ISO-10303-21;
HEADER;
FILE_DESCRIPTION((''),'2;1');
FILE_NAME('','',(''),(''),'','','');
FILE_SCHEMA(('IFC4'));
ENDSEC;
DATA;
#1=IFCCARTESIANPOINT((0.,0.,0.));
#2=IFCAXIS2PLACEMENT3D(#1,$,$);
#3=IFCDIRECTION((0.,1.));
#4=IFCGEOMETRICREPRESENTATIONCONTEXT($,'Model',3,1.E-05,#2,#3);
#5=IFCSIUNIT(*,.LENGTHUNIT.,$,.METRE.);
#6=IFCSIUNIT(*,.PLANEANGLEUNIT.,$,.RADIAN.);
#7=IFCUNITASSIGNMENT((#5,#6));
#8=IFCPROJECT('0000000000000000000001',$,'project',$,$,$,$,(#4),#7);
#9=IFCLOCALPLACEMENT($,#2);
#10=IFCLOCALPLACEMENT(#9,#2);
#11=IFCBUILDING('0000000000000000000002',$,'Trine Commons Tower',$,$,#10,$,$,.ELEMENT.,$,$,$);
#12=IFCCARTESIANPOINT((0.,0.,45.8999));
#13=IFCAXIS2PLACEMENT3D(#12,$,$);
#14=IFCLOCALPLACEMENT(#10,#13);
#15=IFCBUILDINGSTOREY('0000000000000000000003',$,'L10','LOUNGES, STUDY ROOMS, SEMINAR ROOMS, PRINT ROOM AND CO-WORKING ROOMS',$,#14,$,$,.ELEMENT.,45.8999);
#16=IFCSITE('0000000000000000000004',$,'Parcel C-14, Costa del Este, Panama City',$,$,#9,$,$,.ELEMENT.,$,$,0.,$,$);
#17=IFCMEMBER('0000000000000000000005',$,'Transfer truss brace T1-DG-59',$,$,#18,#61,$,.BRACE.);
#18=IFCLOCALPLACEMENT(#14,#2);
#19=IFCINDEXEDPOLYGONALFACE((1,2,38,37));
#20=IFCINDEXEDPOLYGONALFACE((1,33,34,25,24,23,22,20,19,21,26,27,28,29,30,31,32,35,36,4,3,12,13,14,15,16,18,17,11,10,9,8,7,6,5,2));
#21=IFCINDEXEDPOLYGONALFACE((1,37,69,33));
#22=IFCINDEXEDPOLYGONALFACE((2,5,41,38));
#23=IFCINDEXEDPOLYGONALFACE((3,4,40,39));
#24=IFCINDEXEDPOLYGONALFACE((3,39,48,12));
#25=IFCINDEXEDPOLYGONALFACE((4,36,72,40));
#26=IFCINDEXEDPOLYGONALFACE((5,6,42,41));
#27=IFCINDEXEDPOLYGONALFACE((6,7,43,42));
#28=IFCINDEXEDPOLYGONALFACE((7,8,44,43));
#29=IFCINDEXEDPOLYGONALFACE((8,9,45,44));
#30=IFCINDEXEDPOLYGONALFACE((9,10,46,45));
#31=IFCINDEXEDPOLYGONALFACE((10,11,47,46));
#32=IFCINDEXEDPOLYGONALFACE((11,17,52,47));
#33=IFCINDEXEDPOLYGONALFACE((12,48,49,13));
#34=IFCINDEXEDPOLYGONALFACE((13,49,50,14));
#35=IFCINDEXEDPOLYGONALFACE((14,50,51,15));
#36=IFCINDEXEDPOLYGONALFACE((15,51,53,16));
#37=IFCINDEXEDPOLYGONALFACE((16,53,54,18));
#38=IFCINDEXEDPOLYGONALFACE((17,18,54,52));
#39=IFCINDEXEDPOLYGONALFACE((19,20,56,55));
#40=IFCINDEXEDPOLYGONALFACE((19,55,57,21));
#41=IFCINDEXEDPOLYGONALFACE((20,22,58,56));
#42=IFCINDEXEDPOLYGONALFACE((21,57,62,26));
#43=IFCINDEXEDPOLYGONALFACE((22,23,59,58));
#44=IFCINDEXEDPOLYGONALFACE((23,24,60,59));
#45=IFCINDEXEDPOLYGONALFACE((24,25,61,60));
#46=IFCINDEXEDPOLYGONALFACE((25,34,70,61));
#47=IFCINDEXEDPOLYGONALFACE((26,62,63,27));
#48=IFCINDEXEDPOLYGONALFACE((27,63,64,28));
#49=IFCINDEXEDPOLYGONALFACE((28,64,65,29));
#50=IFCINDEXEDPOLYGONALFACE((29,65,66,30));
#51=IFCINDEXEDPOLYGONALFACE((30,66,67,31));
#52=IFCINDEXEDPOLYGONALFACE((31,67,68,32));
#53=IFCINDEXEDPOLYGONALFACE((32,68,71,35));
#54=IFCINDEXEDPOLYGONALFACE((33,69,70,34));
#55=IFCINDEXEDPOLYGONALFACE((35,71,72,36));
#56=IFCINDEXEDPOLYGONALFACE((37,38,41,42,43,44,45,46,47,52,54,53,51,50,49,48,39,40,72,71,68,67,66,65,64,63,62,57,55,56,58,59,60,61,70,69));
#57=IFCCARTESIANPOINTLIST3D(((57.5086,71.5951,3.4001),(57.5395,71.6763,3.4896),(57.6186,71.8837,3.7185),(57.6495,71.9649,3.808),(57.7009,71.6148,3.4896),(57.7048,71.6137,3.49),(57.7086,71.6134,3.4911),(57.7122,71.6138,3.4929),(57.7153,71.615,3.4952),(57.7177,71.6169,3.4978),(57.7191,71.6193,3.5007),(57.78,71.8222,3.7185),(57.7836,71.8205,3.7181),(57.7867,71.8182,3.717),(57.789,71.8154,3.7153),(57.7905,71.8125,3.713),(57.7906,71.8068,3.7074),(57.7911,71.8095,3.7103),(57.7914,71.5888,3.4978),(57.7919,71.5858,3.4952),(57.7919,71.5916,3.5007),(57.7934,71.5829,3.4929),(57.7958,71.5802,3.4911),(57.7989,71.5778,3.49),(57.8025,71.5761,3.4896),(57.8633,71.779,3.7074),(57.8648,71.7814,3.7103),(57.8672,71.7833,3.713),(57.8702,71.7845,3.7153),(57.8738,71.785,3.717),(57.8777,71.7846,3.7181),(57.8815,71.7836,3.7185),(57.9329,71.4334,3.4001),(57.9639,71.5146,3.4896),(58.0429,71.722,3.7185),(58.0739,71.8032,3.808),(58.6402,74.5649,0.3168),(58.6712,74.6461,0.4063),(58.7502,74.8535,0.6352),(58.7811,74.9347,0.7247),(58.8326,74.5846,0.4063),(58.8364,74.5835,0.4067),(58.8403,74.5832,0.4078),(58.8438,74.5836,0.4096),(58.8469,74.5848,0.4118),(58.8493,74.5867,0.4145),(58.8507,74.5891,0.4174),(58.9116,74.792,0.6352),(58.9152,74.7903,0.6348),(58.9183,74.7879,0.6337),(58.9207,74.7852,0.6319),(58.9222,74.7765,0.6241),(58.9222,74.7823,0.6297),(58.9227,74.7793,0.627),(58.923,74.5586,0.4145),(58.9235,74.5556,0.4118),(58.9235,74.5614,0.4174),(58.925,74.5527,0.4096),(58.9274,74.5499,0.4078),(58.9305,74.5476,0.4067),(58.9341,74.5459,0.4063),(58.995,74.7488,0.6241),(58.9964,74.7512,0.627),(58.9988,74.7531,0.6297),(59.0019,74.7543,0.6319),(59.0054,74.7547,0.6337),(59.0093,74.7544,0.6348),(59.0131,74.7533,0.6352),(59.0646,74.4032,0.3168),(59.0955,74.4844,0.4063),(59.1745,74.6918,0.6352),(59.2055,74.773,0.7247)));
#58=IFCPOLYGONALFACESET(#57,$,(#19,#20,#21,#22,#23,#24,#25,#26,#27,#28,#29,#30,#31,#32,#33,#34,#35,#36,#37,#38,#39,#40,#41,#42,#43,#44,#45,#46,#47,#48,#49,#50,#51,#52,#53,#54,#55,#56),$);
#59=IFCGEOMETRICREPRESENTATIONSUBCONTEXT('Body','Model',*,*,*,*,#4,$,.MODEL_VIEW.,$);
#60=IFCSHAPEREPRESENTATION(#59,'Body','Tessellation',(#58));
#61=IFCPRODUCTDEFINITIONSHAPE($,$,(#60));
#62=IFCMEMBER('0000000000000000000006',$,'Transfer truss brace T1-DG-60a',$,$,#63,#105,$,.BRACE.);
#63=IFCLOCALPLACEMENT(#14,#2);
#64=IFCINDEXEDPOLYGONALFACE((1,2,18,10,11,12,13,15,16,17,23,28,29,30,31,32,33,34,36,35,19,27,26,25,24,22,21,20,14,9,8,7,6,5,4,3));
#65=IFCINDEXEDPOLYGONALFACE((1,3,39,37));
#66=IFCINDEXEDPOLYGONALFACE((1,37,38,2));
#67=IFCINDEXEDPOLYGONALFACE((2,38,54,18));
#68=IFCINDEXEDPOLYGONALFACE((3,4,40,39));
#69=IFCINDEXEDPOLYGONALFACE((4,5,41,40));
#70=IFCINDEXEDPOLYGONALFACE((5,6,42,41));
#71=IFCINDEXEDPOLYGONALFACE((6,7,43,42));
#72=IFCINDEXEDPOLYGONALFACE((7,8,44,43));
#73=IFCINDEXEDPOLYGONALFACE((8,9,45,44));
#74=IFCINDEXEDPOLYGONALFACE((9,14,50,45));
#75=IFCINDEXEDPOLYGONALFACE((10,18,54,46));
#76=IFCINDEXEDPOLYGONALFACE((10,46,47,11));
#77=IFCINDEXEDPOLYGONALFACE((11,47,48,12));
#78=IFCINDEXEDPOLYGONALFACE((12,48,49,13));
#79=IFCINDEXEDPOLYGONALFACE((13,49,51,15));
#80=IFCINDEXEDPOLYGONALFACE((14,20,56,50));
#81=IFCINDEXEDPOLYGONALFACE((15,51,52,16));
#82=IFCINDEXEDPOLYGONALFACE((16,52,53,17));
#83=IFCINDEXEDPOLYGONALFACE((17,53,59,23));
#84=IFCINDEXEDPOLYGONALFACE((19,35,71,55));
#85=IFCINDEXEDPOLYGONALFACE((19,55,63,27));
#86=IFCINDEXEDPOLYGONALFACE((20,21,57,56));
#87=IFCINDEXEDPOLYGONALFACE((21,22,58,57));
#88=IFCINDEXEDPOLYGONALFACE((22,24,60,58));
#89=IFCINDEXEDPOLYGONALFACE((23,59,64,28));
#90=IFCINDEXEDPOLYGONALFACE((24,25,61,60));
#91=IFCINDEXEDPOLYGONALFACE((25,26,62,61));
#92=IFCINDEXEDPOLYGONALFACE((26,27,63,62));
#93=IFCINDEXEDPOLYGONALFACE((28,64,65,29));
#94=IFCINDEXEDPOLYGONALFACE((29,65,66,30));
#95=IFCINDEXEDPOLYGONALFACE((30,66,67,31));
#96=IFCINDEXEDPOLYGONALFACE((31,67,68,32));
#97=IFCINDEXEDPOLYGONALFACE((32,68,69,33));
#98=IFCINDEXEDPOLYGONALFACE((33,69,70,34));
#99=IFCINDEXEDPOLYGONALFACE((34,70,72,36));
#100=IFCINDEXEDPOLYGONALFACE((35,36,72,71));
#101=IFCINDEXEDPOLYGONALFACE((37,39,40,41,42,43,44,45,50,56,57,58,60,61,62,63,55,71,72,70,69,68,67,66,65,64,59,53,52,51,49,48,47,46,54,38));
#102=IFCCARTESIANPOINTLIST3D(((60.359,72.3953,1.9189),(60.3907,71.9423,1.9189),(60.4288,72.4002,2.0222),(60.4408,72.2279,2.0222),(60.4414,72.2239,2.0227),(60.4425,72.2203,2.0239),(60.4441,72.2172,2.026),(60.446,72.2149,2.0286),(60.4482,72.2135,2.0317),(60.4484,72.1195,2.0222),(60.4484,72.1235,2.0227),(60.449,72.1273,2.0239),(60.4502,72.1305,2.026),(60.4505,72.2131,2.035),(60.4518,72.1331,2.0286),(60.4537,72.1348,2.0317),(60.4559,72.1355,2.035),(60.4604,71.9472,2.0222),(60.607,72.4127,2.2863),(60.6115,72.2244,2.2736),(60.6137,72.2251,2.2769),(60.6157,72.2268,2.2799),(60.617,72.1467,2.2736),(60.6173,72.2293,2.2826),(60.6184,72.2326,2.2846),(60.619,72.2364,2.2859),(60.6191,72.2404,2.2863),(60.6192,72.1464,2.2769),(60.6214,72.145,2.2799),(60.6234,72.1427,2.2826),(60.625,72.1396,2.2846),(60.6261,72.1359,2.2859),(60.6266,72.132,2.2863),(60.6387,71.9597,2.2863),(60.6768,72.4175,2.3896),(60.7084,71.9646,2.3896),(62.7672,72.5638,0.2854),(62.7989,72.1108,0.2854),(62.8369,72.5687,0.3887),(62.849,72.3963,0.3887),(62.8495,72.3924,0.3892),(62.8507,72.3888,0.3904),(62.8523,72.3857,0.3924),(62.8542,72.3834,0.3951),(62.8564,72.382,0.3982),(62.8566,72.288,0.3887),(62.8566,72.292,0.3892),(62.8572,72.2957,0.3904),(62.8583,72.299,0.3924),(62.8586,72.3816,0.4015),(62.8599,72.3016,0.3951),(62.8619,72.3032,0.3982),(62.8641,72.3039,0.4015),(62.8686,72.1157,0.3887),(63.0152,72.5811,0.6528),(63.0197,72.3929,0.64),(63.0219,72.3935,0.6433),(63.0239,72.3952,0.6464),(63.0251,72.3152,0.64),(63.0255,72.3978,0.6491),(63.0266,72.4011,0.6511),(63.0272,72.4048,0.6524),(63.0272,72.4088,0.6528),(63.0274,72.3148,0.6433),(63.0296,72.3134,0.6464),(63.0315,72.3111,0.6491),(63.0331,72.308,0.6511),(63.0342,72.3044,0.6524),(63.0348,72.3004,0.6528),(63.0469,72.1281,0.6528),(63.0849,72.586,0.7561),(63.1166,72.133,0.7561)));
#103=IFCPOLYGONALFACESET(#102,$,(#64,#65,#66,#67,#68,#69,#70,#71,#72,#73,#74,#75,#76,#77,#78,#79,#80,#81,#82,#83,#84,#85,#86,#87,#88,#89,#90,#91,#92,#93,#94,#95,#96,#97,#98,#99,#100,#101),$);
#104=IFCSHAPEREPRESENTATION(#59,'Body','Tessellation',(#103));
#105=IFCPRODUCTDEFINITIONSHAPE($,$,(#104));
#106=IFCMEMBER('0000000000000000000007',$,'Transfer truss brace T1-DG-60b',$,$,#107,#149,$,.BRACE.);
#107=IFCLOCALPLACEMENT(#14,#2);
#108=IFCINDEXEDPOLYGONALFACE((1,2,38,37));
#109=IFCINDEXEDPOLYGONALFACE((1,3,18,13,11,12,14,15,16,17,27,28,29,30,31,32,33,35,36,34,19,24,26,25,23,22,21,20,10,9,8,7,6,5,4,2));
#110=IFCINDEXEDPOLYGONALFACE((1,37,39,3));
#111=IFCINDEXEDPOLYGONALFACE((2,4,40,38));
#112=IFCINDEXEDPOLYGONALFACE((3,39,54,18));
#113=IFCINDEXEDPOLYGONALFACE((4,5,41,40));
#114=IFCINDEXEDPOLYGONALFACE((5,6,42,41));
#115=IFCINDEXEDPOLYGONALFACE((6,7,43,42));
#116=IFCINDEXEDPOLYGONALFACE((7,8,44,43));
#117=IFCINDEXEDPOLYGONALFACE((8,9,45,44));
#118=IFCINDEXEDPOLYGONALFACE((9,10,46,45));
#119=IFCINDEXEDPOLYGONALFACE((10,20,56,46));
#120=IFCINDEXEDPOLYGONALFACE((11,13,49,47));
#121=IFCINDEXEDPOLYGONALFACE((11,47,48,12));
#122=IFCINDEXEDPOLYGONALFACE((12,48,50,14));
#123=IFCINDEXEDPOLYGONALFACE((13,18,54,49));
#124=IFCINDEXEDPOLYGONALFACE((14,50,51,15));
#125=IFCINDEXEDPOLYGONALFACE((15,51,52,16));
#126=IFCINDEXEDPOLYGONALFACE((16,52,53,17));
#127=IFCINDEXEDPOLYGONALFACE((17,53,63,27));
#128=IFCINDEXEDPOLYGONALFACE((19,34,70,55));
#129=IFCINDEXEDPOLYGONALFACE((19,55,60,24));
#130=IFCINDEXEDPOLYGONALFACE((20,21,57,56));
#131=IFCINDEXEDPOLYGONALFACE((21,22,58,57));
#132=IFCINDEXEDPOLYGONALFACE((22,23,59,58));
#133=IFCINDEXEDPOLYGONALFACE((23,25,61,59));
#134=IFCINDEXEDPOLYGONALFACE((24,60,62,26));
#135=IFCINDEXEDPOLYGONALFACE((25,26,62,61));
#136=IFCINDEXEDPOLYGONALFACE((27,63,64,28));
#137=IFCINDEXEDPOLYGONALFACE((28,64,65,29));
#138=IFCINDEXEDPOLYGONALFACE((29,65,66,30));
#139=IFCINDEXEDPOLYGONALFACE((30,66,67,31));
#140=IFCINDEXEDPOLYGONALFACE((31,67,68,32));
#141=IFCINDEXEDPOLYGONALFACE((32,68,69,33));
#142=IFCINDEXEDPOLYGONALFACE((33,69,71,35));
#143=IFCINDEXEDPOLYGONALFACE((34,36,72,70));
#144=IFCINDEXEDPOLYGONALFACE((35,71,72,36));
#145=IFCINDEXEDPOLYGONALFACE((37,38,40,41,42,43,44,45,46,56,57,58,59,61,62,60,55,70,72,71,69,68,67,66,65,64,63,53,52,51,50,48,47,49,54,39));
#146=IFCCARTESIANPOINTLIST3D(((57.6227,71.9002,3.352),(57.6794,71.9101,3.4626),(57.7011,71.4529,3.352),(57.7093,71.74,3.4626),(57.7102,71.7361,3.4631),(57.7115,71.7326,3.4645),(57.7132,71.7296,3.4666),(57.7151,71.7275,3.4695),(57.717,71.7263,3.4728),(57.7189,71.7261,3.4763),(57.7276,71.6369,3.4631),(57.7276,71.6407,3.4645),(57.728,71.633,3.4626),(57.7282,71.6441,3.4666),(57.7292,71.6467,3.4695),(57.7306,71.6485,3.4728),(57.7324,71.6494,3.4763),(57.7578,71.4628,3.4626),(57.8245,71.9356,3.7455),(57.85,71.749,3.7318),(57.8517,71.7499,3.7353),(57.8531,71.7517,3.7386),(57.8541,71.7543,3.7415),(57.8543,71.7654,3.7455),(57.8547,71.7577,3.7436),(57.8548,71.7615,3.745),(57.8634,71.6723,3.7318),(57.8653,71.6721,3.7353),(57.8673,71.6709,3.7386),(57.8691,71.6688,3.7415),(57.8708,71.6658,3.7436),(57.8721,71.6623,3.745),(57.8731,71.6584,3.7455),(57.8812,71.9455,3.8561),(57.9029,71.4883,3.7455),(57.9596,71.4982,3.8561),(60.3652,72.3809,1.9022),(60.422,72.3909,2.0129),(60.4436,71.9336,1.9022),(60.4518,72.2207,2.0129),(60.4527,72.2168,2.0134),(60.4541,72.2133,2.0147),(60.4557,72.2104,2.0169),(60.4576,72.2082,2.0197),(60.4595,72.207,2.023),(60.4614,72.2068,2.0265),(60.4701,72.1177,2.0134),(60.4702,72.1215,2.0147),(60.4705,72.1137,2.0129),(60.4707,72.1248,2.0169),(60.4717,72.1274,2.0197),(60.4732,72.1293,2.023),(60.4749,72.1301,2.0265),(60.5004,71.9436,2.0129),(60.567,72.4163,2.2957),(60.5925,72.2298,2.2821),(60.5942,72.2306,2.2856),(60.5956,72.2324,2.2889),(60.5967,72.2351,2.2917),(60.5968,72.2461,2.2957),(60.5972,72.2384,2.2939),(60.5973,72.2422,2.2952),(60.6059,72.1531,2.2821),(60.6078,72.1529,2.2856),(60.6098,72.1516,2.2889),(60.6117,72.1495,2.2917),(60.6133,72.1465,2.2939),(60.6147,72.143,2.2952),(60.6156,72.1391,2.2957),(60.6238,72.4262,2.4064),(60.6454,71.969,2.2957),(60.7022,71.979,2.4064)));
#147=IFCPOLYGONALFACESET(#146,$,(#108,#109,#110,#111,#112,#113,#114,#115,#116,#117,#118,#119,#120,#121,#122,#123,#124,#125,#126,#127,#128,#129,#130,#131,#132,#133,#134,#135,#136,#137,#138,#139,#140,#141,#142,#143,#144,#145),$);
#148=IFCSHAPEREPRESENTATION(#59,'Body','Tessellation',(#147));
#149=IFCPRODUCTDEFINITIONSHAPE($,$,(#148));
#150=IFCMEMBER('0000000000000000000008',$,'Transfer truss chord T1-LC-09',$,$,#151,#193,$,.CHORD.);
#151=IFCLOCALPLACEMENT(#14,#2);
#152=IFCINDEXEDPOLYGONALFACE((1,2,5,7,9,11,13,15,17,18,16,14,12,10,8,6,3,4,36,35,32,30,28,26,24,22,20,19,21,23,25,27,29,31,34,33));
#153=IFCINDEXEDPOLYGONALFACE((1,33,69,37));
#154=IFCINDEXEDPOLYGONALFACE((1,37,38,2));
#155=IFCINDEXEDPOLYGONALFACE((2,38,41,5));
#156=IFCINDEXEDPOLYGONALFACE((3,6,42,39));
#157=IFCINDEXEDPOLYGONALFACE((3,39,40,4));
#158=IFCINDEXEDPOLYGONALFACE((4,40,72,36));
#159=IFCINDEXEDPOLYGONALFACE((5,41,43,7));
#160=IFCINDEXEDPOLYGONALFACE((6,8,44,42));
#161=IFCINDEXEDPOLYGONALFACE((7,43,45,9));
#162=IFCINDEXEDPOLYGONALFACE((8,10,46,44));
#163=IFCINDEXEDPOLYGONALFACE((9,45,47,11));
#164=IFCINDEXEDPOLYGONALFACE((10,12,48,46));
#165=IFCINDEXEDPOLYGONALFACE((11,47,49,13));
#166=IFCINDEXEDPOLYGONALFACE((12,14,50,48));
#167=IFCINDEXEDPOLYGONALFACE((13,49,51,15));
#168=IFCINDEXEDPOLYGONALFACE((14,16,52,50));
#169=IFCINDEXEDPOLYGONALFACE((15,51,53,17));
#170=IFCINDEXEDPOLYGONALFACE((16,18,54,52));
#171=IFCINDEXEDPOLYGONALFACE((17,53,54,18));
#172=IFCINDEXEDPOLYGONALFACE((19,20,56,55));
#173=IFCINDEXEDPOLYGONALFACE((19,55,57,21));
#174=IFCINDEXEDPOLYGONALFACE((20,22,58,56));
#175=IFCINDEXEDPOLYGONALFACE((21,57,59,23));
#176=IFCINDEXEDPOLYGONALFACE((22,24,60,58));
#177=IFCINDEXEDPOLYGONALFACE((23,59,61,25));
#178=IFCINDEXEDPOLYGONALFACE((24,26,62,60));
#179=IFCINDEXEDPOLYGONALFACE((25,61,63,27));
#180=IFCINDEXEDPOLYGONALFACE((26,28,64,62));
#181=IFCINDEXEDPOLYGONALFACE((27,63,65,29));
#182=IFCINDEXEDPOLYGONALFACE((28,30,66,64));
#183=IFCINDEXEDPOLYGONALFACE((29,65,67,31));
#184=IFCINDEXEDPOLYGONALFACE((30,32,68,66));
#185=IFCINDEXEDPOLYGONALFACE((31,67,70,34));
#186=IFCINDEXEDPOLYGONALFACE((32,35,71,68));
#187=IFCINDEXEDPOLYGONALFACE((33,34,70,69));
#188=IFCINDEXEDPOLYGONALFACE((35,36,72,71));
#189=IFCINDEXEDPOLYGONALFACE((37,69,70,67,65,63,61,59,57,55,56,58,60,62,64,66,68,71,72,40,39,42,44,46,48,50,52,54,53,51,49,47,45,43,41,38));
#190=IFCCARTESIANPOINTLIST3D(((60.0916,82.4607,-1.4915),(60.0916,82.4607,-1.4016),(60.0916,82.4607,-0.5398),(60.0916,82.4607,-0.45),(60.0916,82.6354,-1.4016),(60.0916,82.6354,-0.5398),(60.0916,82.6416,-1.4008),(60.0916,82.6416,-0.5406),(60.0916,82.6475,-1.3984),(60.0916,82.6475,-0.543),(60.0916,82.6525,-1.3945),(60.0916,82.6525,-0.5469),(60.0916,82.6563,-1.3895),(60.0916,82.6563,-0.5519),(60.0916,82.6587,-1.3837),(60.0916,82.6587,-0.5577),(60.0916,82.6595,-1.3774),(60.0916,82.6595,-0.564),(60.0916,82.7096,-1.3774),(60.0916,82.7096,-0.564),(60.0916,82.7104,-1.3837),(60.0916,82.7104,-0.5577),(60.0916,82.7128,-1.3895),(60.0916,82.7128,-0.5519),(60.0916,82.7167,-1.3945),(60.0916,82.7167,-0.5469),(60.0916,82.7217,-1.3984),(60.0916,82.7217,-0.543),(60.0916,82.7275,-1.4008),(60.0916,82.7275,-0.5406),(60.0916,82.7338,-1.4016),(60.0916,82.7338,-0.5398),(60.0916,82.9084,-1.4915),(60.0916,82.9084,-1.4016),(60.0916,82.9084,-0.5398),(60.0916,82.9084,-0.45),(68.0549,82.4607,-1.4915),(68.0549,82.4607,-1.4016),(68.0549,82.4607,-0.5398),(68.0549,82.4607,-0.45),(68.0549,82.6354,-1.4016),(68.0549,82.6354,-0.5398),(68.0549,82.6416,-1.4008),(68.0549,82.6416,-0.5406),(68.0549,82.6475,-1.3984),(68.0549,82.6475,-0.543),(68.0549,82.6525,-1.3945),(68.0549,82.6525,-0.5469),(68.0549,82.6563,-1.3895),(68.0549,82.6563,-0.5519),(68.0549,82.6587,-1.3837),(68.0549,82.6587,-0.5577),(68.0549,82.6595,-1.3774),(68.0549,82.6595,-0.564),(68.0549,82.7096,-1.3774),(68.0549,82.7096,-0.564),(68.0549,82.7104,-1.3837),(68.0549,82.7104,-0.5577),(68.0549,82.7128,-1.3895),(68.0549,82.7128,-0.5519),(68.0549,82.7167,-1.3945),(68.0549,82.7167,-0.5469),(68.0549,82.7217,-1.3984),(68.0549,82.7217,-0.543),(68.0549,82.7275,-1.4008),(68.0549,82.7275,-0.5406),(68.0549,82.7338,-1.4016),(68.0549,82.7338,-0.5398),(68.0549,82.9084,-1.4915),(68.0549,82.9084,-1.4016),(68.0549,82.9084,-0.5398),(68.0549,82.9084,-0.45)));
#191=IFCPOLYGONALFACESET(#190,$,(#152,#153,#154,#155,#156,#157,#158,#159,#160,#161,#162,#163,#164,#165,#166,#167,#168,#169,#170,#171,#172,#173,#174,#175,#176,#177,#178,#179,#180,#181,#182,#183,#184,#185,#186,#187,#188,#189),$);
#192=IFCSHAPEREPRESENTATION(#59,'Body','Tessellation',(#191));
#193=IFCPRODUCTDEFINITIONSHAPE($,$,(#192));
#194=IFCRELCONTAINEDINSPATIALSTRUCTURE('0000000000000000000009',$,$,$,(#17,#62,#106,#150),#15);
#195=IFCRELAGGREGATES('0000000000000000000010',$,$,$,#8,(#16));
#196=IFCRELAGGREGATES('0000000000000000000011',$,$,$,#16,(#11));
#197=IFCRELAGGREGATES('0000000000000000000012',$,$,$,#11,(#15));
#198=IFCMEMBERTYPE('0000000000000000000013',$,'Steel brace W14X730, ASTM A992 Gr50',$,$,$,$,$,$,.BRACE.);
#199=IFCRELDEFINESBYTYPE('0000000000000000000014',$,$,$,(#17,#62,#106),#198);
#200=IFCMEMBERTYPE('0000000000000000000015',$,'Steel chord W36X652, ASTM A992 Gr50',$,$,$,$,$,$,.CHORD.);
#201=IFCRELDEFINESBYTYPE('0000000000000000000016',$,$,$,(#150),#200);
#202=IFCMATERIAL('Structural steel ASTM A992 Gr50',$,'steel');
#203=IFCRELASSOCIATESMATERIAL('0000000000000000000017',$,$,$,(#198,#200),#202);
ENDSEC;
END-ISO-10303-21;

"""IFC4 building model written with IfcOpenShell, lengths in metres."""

from ifc_helpers import new_model, si_unit, direction, frame, origin, origin_2d, place, context, subcontext, project, spatial, i_section, extrude, material, material_profile, profile_set, type_object, element, save


model = new_model("IFC4")

# Units and contexts
model_context = context("Model", 3, precision=1e-05, world=origin(), true_north=direction((0.0, 1.0)))
body_context = subcontext(model_context, "Body", "Model", "MODEL_VIEW")
ifc_project = project(units=[si_unit("LENGTHUNIT", "METRE"), si_unit("PLANEANGLEUNIT", "RADIAN")], contexts=[model_context])

# Site, building, storey
site_placement = place(None, origin())
site = spatial("IfcSite", under=ifc_project, at=site_placement, Name="Parcel C-14, Costa del Este, Panama City", CompositionType="ELEMENT", RefElevation=0.0)
building_placement = place(site_placement, origin())
building = spatial("IfcBuilding", under=site, at=building_placement, Name="Trine Commons Tower", CompositionType="ELEMENT")
storey_placement = place(building_placement, frame((0.0, 0.0, 45.8999)))
storey = spatial("IfcBuildingStorey", under=building, at=storey_placement, Name="L10", Description="LOUNGES, STUDY ROOMS, SEMINAR ROOMS, PRINT ROOM AND CO-WORKING ROOMS", CompositionType="ELEMENT", Elevation=45.8999)

# Shared definitions
ifc_material_1 = material(Name="Structural steel ASTM A992 Gr50", Category="steel")

# Members
ifc_material_profile_1 = material_profile(ifc_material_1, i_section(OverallWidth=0.4541, OverallDepth=0.5684, WebThickness=0.0779, FlangeThickness=0.1248, FilletRadius=0.0154, at=origin_2d()), Name="W14X730")
ifc_profile_set_1 = profile_set([ifc_material_profile_1], Name="Structural steel ASTM A992 Gr50")
member_type_1 = type_object("IfcMemberType", Name="Steel brace W14X730, ASTM A992 Gr50", PredefinedType="BRACE", material=ifc_profile_set_1)
member_1_placement = place(storey_placement, frame((58.9229, 74.6689, 0.5208), z_axis=(-0.25556, -0.670686, 0.696325), x_axis=(0.93446, -0.356069, 0.0)))
element("IfcMember", 1, at=member_1_placement, inside=storey, type_object=member_type_1, Name="Transfer truss brace T1-DG-59", PredefinedType="BRACE", context=body_context, shape_type="SweptSolid", body=[
    extrude(i_section(OverallWidth=0.4541, OverallDepth=0.5684, WebThickness=0.0779, FlangeThickness=0.1248, FilletRadius=0.0154, at=origin_2d()), origin(), (0.0, 0.0, 1.0), 4.428),
])
member_2_placement = place(storey_placement, frame((62.9419, 72.3484, 0.5208), z_axis=(-0.826187, -0.057793, 0.560424), x_axis=(0.069781, -0.997562, 0.0)))
element("IfcMember", 2, at=member_2_placement, inside=storey, type_object=member_type_1, Name="Transfer truss brace T1-DG-60a", PredefinedType="BRACE", context=body_context, shape_type="SweptSolid", body=[
    extrude(i_section(OverallWidth=0.4541, OverallDepth=0.5684, WebThickness=0.0779, FlangeThickness=0.1248, FilletRadius=0.0154, at=origin_2d()), origin(), (0.0, 0.0, 1.0), 2.9148),
])
member_3_placement = place(storey_placement, frame((60.5337, 72.1799, 2.1543), z_axis=(-0.873649, -0.153139, 0.461829), x_axis=(0.172655, -0.984982, 0.0)))
element("IfcMember", 3, at=member_3_placement, inside=storey, type_object=member_type_1, Name="Transfer truss brace T1-DG-60b", PredefinedType="BRACE", context=body_context, shape_type="SweptSolid", body=[
    extrude(i_section(OverallWidth=0.4541, OverallDepth=0.5684, WebThickness=0.0779, FlangeThickness=0.1248, FilletRadius=0.0154, at=origin_2d()), origin(), (0.0, 0.0, 1.0), 3.1392),
])
ifc_material_profile_2 = material_profile(ifc_material_1, i_section(OverallWidth=0.4478, OverallDepth=1.0415, WebThickness=0.05, FlangeThickness=0.0898, FilletRadius=0.0242, at=origin_2d()), Name="W36X652")
ifc_profile_set_2 = profile_set([ifc_material_profile_2], Name="Structural steel ASTM A992 Gr50")
member_type_2 = type_object("IfcMemberType", Name="Steel chord W36X652, ASTM A992 Gr50", PredefinedType="CHORD", material=ifc_profile_set_2)
for number, where, z_axis, x_axis, name in (
    (4, (60.0916, 82.6846, -0.9707), (1.0, 0.0, 0.0), (0.0, 1.0, 0.0), "Transfer truss chord T1-LC-09"),
):
    element("IfcMember", number, at=place(storey_placement, frame(where, z_axis=z_axis, x_axis=x_axis)), inside=storey, type_object=member_type_2, Name=name, PredefinedType="CHORD", context=body_context, shape_type="SweptSolid", body=[
        extrude(i_section(OverallWidth=0.4478, OverallDepth=1.0415, WebThickness=0.05, FlangeThickness=0.0898, FilletRadius=0.0242, at=origin_2d()), origin(), (0.0, 0.0, 1.0), 7.9634),
    ])

save(model, "model.ifc")
